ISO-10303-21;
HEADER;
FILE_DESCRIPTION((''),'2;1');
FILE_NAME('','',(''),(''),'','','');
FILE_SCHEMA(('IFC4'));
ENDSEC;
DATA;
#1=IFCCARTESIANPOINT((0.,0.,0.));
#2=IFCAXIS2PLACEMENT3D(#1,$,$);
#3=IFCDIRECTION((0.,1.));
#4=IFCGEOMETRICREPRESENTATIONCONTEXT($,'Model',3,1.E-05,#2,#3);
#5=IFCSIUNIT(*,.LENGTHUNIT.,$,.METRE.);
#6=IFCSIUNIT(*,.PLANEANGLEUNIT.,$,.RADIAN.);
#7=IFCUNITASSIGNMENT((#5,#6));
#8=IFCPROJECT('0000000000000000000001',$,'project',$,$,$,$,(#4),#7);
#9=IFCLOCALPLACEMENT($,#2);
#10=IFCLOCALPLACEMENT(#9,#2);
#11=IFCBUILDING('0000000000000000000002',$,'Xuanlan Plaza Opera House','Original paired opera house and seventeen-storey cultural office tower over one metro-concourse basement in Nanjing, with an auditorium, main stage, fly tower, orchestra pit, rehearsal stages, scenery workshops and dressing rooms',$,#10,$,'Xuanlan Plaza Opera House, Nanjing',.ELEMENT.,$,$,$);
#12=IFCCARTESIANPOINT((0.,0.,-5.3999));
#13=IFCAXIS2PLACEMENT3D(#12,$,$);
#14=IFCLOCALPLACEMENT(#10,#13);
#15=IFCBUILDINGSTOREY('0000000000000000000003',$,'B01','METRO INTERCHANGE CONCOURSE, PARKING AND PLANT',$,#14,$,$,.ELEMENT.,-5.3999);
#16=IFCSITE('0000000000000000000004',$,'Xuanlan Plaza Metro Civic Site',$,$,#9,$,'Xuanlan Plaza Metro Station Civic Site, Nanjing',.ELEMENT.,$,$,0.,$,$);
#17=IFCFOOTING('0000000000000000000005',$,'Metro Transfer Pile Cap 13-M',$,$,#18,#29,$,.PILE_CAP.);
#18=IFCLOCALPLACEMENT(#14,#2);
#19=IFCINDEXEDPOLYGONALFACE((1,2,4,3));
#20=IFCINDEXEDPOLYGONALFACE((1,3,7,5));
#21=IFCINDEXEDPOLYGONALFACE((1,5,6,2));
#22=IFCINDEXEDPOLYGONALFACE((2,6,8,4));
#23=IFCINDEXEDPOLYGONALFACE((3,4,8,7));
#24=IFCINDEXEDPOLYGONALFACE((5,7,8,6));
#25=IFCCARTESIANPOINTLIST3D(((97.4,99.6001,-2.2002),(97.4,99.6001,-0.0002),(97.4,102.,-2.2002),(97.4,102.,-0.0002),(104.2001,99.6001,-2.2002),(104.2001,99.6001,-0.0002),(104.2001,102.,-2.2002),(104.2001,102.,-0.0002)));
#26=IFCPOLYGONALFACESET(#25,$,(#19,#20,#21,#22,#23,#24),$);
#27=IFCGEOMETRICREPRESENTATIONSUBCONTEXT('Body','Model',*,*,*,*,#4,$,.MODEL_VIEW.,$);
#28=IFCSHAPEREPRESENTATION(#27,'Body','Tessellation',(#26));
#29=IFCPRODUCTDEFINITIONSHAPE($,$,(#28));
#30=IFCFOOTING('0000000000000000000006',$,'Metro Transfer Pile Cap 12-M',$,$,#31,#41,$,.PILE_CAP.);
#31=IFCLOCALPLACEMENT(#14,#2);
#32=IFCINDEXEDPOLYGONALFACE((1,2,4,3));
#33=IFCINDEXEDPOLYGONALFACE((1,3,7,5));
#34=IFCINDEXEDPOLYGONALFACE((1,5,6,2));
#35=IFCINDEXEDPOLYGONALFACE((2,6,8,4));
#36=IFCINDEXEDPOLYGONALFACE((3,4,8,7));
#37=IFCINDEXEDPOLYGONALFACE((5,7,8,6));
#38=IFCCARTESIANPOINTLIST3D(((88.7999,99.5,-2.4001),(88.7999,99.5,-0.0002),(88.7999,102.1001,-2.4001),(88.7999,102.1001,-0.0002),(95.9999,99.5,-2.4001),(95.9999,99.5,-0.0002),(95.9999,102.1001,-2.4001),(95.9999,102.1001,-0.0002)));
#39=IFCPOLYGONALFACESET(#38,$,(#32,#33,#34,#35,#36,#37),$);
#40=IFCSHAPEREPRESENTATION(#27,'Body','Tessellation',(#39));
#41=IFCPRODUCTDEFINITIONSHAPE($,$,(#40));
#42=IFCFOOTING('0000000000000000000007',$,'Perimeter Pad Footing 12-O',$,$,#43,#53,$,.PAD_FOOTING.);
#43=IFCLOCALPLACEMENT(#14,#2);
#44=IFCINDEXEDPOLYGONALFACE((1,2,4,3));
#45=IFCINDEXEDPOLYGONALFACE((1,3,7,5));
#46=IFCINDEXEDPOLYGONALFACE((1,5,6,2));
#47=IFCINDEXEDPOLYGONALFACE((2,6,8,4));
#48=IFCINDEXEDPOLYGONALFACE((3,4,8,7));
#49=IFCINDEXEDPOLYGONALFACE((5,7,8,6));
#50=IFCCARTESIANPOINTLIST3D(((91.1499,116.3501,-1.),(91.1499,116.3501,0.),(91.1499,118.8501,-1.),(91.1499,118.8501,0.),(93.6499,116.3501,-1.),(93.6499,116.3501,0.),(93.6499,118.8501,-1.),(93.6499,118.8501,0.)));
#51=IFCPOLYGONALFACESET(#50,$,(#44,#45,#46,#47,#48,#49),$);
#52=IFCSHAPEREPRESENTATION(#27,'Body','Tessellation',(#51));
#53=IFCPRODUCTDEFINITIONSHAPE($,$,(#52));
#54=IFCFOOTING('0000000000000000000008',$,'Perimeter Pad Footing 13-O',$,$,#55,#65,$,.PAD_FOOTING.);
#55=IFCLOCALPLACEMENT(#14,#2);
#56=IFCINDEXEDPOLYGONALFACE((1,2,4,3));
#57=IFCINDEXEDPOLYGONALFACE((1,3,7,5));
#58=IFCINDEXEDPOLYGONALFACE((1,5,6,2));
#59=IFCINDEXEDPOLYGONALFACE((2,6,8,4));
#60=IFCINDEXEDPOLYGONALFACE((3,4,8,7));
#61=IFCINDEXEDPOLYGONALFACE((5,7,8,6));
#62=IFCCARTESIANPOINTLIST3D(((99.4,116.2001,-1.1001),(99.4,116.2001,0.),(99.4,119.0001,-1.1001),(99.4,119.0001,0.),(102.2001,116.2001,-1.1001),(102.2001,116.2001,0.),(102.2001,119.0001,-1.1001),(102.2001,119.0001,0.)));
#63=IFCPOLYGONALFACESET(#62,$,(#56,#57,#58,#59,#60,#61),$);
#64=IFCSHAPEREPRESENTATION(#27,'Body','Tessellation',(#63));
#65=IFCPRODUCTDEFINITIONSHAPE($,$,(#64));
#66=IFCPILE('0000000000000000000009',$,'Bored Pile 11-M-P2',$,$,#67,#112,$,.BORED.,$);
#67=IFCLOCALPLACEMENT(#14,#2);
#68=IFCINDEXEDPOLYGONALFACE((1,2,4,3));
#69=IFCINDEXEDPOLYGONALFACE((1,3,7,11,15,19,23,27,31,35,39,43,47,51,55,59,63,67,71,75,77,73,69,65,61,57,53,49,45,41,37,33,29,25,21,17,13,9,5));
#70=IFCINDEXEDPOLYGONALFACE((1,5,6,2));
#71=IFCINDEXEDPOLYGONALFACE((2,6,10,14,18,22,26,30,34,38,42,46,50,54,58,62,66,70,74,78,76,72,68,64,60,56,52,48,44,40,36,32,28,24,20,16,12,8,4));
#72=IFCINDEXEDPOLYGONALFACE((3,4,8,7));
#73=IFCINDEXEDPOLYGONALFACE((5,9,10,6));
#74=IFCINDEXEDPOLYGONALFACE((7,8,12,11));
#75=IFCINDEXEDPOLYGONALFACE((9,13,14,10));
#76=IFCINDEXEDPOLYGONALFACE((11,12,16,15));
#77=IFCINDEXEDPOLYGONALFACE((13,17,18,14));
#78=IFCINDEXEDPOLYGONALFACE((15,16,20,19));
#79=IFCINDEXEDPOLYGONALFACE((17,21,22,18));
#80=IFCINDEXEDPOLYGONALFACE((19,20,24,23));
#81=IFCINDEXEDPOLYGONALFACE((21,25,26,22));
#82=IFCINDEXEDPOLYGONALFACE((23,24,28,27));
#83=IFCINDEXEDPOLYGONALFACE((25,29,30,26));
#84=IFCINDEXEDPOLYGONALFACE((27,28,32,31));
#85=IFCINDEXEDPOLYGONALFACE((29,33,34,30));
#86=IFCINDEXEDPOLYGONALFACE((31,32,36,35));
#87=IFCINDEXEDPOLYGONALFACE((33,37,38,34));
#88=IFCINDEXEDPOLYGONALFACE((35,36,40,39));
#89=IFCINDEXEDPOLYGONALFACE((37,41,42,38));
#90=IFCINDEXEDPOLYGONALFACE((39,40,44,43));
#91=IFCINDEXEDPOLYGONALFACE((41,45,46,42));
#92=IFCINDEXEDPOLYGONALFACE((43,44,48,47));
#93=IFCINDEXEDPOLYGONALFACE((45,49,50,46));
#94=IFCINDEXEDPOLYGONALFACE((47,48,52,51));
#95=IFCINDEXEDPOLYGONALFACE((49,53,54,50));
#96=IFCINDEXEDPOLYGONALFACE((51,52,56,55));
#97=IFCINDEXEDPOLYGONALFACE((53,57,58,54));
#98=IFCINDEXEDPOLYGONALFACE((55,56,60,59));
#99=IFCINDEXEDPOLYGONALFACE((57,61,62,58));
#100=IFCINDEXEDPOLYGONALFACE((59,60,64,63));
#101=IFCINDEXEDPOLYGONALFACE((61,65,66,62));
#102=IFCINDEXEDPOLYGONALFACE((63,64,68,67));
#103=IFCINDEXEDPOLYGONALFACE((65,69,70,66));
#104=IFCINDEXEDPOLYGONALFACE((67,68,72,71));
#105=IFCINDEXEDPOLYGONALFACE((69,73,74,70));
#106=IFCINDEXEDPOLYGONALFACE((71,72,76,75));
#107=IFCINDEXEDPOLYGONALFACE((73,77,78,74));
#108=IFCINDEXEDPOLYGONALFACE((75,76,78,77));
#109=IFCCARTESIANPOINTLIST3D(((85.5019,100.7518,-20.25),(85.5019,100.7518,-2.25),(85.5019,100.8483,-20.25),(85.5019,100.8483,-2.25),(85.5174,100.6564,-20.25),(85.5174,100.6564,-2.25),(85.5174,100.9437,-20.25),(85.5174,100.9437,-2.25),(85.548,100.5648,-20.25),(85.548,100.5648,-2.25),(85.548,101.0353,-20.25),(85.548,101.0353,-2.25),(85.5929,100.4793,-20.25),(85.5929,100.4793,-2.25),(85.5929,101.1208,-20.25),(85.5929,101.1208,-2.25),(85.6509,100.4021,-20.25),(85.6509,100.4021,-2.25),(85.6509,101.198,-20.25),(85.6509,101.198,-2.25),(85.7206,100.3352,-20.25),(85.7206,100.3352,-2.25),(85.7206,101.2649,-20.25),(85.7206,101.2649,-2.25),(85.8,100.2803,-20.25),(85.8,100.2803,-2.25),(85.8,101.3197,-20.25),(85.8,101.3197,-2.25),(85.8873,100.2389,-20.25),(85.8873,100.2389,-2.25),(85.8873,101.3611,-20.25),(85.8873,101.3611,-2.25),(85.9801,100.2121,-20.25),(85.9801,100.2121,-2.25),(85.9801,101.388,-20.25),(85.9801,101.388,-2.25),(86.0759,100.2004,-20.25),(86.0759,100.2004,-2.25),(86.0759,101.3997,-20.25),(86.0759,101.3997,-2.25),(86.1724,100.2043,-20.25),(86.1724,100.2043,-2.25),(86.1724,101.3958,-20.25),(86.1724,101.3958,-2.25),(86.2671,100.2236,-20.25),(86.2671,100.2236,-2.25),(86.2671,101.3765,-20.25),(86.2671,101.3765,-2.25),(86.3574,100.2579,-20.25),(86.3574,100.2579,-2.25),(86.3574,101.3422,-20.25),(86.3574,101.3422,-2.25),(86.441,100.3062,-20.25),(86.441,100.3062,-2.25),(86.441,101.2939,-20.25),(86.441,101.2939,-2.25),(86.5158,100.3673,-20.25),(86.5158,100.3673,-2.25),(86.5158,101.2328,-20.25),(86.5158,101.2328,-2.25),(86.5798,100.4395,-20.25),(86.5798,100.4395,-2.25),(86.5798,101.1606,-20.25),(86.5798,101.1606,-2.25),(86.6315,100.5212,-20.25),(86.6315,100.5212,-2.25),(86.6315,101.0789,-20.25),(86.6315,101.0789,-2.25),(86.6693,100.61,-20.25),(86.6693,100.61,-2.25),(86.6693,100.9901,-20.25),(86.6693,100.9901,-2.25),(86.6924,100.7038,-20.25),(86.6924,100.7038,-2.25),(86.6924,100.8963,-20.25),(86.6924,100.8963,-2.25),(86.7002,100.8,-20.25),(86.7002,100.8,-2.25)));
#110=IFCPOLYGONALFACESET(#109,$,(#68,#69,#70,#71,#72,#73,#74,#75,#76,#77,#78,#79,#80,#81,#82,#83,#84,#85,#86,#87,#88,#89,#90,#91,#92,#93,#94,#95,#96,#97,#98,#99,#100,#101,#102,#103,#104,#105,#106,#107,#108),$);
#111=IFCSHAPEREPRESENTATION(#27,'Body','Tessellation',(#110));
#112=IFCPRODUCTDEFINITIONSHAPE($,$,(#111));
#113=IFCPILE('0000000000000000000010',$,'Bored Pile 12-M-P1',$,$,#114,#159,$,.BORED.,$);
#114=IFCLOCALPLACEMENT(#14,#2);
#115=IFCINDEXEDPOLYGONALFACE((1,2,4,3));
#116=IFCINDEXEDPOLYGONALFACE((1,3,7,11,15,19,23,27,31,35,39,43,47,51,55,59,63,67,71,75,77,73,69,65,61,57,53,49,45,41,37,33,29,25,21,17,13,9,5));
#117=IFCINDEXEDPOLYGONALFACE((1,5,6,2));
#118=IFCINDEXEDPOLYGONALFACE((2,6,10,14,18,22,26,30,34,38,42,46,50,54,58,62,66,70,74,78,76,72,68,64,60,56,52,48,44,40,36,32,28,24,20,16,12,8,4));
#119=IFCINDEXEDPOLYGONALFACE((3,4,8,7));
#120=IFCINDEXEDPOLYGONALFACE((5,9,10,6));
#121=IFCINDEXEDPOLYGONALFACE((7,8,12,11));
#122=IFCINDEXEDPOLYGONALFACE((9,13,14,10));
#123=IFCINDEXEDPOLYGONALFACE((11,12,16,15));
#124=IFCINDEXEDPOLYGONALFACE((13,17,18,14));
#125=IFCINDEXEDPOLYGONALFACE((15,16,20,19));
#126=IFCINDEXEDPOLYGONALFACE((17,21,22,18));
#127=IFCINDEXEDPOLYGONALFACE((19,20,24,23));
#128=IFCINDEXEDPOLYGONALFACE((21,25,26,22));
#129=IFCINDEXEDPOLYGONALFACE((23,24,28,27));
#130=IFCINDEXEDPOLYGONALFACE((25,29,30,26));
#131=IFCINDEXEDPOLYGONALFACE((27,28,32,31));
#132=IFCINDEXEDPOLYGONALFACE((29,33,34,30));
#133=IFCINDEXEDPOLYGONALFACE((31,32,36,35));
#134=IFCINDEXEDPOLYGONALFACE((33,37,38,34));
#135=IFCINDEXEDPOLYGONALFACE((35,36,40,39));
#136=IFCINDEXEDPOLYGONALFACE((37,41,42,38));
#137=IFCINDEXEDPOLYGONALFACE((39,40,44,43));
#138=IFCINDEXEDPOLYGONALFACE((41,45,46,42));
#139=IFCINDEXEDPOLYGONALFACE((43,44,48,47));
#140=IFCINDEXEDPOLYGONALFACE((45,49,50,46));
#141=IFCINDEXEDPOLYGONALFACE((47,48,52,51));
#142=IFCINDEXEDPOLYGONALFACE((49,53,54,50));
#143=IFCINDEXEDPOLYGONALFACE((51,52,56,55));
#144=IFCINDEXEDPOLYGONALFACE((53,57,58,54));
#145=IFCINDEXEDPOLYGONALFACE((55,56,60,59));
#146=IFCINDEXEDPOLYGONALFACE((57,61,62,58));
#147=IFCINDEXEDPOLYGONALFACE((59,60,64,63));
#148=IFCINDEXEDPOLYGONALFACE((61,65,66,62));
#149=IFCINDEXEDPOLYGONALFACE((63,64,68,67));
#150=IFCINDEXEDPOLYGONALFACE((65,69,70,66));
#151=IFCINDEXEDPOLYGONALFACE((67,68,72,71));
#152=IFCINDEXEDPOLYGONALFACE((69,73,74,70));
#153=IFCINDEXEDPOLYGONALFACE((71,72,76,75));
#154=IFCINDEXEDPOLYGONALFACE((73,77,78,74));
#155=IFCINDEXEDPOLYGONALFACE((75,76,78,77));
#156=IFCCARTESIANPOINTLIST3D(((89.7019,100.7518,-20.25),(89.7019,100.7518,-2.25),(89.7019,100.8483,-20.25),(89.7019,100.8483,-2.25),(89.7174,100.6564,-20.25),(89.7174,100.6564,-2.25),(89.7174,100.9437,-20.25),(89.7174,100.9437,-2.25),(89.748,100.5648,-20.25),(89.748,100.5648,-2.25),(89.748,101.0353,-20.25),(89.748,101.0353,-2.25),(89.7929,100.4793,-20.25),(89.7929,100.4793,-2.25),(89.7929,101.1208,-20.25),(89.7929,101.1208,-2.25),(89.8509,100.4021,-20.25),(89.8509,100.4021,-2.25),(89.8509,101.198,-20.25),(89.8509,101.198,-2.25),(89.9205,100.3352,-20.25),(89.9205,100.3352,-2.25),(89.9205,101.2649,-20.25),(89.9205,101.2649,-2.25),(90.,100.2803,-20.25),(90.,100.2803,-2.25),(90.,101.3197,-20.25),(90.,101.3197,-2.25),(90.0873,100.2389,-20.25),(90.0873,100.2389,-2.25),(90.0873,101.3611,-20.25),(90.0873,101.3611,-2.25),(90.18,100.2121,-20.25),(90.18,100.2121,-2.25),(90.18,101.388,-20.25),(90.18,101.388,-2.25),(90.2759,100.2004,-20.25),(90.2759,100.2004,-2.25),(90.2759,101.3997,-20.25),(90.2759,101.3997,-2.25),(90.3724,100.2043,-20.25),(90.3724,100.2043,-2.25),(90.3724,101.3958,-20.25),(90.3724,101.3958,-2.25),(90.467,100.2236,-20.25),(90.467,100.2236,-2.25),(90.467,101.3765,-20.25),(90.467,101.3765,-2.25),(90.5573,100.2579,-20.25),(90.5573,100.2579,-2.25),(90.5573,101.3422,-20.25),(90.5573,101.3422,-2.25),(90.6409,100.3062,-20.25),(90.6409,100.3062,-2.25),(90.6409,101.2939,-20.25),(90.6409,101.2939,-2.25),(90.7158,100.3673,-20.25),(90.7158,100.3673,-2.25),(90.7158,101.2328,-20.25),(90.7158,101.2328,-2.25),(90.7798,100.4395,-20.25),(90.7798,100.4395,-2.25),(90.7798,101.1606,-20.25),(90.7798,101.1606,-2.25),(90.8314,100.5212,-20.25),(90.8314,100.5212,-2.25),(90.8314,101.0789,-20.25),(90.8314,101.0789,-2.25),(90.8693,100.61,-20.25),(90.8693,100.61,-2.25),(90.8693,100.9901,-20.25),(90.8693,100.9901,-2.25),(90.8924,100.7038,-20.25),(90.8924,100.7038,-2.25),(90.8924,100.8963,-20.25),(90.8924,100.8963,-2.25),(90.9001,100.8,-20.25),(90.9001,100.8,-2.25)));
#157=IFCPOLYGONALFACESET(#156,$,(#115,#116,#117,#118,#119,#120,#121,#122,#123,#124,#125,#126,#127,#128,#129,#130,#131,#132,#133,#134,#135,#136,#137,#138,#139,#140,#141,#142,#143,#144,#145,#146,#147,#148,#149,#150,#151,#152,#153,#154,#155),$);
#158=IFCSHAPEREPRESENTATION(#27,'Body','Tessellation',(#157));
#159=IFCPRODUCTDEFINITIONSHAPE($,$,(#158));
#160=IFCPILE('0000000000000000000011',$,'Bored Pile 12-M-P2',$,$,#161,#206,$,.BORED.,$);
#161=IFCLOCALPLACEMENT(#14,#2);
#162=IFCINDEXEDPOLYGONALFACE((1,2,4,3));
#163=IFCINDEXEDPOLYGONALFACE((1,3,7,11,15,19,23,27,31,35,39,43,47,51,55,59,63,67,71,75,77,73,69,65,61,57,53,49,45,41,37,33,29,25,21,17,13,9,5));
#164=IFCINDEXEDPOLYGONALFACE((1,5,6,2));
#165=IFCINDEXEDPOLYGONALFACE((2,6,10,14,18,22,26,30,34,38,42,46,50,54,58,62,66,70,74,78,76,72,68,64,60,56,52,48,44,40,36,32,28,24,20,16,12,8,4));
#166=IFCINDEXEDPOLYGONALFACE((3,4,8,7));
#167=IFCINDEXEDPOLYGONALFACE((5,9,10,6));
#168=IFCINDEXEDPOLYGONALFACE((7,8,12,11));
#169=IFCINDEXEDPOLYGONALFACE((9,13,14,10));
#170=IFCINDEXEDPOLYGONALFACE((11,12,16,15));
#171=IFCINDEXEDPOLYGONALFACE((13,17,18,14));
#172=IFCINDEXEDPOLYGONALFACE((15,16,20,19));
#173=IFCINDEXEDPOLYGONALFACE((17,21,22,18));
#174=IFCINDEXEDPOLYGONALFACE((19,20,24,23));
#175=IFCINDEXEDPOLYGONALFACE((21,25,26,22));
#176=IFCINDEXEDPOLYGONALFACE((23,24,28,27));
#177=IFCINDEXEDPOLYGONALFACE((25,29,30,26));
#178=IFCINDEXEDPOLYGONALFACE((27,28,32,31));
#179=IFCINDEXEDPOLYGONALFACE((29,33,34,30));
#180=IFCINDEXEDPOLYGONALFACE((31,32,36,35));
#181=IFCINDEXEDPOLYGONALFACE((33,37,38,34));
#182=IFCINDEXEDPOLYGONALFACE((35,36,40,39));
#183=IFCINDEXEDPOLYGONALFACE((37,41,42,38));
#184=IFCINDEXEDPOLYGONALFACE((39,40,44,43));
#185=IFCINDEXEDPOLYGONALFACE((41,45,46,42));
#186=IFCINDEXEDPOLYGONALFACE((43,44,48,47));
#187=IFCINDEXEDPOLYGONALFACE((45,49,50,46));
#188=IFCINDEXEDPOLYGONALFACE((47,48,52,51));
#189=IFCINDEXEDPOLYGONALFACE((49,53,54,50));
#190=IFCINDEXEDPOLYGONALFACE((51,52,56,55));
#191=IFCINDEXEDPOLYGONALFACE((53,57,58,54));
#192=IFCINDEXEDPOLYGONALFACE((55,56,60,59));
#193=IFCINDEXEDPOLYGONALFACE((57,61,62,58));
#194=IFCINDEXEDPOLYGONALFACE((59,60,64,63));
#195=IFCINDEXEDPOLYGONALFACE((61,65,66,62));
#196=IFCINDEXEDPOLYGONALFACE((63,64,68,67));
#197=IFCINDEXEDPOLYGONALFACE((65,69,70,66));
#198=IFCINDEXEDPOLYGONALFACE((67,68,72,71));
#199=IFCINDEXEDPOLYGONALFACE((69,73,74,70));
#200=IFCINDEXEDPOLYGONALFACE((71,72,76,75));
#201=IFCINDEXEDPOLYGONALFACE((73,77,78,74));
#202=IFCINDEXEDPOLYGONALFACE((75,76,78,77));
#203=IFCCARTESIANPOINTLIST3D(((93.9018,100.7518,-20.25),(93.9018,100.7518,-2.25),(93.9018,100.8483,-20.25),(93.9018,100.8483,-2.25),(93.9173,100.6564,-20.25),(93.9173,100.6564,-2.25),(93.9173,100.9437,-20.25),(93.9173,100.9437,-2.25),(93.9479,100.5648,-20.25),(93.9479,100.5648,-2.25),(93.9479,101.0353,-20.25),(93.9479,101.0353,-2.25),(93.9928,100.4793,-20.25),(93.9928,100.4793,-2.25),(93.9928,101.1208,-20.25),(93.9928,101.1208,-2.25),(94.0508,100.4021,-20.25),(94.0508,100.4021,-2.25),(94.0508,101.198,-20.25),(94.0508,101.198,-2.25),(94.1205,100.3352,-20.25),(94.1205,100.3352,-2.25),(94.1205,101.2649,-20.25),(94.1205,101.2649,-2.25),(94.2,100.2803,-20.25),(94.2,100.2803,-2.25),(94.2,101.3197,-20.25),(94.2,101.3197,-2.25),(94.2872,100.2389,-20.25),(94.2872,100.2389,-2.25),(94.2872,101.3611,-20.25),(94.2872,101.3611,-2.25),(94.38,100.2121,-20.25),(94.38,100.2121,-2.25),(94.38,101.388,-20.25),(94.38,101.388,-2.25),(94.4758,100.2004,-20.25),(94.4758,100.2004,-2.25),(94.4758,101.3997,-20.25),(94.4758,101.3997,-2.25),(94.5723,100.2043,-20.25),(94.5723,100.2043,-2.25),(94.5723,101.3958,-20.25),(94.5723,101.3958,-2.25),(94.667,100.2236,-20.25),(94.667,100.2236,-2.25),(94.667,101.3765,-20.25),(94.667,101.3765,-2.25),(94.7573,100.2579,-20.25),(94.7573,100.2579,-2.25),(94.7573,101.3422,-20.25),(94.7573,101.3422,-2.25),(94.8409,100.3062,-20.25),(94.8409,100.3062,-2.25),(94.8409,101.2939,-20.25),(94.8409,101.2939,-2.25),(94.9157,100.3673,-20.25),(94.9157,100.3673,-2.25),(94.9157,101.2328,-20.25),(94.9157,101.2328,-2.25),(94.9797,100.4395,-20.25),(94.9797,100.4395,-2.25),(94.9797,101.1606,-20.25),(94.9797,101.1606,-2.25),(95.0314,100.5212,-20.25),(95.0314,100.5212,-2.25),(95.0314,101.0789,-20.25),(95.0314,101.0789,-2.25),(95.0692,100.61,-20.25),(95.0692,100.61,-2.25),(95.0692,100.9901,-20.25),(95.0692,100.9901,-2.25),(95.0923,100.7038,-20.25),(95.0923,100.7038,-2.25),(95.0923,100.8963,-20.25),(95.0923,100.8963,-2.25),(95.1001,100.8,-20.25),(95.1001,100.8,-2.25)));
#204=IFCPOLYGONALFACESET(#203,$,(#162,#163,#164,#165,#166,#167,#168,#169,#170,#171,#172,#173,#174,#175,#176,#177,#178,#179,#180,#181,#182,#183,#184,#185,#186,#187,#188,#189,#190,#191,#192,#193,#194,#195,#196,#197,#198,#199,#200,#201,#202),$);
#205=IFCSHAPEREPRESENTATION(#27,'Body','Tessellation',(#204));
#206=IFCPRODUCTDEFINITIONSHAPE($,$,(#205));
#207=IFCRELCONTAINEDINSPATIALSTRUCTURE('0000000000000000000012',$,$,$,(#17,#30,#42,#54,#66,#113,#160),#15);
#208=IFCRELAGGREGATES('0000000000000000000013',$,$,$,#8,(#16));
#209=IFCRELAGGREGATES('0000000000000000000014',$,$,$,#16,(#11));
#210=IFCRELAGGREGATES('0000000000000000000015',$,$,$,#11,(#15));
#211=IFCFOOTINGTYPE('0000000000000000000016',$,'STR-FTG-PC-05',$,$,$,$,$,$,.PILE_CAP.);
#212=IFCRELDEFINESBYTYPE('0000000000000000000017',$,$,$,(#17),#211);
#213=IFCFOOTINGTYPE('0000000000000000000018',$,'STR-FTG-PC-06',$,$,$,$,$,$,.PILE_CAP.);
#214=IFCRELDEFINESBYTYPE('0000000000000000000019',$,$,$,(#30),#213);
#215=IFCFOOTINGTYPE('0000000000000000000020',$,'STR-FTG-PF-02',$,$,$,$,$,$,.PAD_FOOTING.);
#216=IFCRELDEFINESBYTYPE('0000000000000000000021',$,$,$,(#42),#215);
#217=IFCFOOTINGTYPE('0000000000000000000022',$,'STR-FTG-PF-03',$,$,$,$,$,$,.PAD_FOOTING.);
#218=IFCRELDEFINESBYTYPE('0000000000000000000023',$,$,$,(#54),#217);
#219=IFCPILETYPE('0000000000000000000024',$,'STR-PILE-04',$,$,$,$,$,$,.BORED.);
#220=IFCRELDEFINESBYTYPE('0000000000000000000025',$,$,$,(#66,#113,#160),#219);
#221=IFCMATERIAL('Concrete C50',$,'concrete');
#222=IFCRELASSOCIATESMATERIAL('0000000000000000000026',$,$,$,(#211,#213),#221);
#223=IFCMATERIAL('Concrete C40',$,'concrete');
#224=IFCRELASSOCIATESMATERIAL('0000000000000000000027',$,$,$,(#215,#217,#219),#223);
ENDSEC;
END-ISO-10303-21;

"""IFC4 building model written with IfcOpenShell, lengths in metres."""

from ifc_helpers import new_model, si_unit, direction, frame, origin, origin_2d, place, context, subcontext, project, spatial, rectangle, circle, extrude, material, material_profile, profile_set, type_object, element, save


model = new_model("IFC4")

# Units and contexts
model_context = context("Model", 3, precision=1e-05, world=origin(), true_north=direction((0.0, 1.0)))
body_context = subcontext(model_context, "Body", "Model", "MODEL_VIEW")
ifc_project = project(units=[si_unit("LENGTHUNIT", "METRE"), si_unit("PLANEANGLEUNIT", "RADIAN")], contexts=[model_context])

# Site, building, storey
site_placement = place(None, origin())
site = spatial("IfcSite", under=ifc_project, at=site_placement, Name="Xuanlan Plaza Metro Civic Site", LongName="Xuanlan Plaza Metro Station Civic Site, Nanjing", CompositionType="ELEMENT", RefElevation=0.0)
building_placement = place(site_placement, origin())
building = spatial("IfcBuilding", under=site, at=building_placement, Name="Xuanlan Plaza Opera House", Description="Original paired opera house and seventeen-storey cultural office tower over one metro-concourse basement in Nanjing, with an auditorium, main stage, fly tower, orchestra pit, rehearsal stages, scenery workshops and dressing rooms", LongName="Xuanlan Plaza Opera House, Nanjing", CompositionType="ELEMENT")
storey_placement = place(building_placement, frame((0.0, 0.0, -5.3999)))
storey = spatial("IfcBuildingStorey", under=building, at=storey_placement, Name="B01", Description="METRO INTERCHANGE CONCOURSE, PARKING AND PLANT", CompositionType="ELEMENT", Elevation=-5.3999)

# Footings
ifc_material_1 = material(Name="Concrete C50", Category="concrete")
footing_type_1 = type_object("IfcFootingType", Name="STR-FTG-PC-05", PredefinedType="PILE_CAP", material=ifc_material_1)
footing_1_placement = place(storey_placement, frame((100.8, 100.8, -2.2002), z_axis=(0.0, 0.0, 1.0), x_axis=(1.0, 0.0, 0.0)))
element("IfcFooting", 1, at=footing_1_placement, inside=storey, type_object=footing_type_1, Name="Metro Transfer Pile Cap 13-M", PredefinedType="PILE_CAP", context=body_context, shape_type="SweptSolid", body=[
    extrude(rectangle(XDim=6.8, YDim=2.3999, at=origin_2d()), origin(), (0.0, 0.0, 1.0), 2.2),
])
footing_type_2 = type_object("IfcFootingType", Name="STR-FTG-PC-06", PredefinedType="PILE_CAP", material=ifc_material_1)
footing_2_placement = place(storey_placement, frame((92.3999, 100.8, -2.4001), z_axis=(0.0, 0.0, 1.0), x_axis=(1.0, 0.0, 0.0)))
element("IfcFooting", 2, at=footing_2_placement, inside=storey, type_object=footing_type_2, Name="Metro Transfer Pile Cap 12-M", PredefinedType="PILE_CAP", context=body_context, shape_type="SweptSolid", body=[
    extrude(rectangle(XDim=7.2, YDim=2.6001, at=origin_2d()), origin(), (0.0, 0.0, 1.0), 2.3999),
])
ifc_material_2 = material(Name="Concrete C40", Category="concrete")
footing_type_3 = type_object("IfcFootingType", Name="STR-FTG-PF-02", PredefinedType="PAD_FOOTING", material=ifc_material_2)
footing_3_placement = place(storey_placement, frame((92.3999, 117.6001, -1.0), z_axis=(0.0, 0.0, 1.0), x_axis=(1.0, 0.0, 0.0)))
element("IfcFooting", 3, at=footing_3_placement, inside=storey, type_object=footing_type_3, Name="Perimeter Pad Footing 12-O", PredefinedType="PAD_FOOTING", context=body_context, shape_type="SweptSolid", body=[
    extrude(rectangle(XDim=2.5, YDim=2.5, at=origin_2d()), origin(), (0.0, 0.0, 1.0), 1.0),
])
footing_type_4 = type_object("IfcFootingType", Name="STR-FTG-PF-03", PredefinedType="PAD_FOOTING", material=ifc_material_2)
footing_4_placement = place(storey_placement, frame((100.8, 117.6001, -1.1001), z_axis=(0.0, 0.0, 1.0), x_axis=(1.0, 0.0, 0.0)))
element("IfcFooting", 4, at=footing_4_placement, inside=storey, type_object=footing_type_4, Name="Perimeter Pad Footing 13-O", PredefinedType="PAD_FOOTING", context=body_context, shape_type="SweptSolid", body=[
    extrude(rectangle(XDim=2.8, YDim=2.8, at=origin_2d()), origin(), (0.0, 0.0, 1.0), 1.1001),
])

# Piles
ifc_material_profile_1 = material_profile(ifc_material_2, circle(Radius=0.6001, at=origin_2d()), Name="PILE D1200")
ifc_profile_set_1 = profile_set([ifc_material_profile_1], Name="Concrete C40")
pile_type = type_object("IfcPileType", Name="STR-PILE-04", PredefinedType="BORED", material=ifc_profile_set_1)
for number, where, z_axis, x_axis, name in (
    (5, (86.1001, 100.8, -2.25), (0.0, 0.0, -1.0), (1.0, 0.0, 0.0), "Bored Pile 11-M-P2"),
    (6, (90.3, 100.8, -2.25), (0.0, 0.0, -1.0), (1.0, 0.0, 0.0), "Bored Pile 12-M-P1"),
    (7, (94.5, 100.8, -2.25), (0.0, 0.0, -1.0), (1.0, 0.0, 0.0), "Bored Pile 12-M-P2"),
):
    element("IfcPile", number, at=place(storey_placement, frame(where, z_axis=z_axis, x_axis=x_axis)), inside=storey, type_object=pile_type, Name=name, PredefinedType="BORED", context=body_context, shape_type="SweptSolid", body=[
        extrude(circle(Radius=0.6001, at=origin_2d()), origin(), (0.0, 0.0, 1.0), 18.0),
    ])

save(model, "model.ifc")
